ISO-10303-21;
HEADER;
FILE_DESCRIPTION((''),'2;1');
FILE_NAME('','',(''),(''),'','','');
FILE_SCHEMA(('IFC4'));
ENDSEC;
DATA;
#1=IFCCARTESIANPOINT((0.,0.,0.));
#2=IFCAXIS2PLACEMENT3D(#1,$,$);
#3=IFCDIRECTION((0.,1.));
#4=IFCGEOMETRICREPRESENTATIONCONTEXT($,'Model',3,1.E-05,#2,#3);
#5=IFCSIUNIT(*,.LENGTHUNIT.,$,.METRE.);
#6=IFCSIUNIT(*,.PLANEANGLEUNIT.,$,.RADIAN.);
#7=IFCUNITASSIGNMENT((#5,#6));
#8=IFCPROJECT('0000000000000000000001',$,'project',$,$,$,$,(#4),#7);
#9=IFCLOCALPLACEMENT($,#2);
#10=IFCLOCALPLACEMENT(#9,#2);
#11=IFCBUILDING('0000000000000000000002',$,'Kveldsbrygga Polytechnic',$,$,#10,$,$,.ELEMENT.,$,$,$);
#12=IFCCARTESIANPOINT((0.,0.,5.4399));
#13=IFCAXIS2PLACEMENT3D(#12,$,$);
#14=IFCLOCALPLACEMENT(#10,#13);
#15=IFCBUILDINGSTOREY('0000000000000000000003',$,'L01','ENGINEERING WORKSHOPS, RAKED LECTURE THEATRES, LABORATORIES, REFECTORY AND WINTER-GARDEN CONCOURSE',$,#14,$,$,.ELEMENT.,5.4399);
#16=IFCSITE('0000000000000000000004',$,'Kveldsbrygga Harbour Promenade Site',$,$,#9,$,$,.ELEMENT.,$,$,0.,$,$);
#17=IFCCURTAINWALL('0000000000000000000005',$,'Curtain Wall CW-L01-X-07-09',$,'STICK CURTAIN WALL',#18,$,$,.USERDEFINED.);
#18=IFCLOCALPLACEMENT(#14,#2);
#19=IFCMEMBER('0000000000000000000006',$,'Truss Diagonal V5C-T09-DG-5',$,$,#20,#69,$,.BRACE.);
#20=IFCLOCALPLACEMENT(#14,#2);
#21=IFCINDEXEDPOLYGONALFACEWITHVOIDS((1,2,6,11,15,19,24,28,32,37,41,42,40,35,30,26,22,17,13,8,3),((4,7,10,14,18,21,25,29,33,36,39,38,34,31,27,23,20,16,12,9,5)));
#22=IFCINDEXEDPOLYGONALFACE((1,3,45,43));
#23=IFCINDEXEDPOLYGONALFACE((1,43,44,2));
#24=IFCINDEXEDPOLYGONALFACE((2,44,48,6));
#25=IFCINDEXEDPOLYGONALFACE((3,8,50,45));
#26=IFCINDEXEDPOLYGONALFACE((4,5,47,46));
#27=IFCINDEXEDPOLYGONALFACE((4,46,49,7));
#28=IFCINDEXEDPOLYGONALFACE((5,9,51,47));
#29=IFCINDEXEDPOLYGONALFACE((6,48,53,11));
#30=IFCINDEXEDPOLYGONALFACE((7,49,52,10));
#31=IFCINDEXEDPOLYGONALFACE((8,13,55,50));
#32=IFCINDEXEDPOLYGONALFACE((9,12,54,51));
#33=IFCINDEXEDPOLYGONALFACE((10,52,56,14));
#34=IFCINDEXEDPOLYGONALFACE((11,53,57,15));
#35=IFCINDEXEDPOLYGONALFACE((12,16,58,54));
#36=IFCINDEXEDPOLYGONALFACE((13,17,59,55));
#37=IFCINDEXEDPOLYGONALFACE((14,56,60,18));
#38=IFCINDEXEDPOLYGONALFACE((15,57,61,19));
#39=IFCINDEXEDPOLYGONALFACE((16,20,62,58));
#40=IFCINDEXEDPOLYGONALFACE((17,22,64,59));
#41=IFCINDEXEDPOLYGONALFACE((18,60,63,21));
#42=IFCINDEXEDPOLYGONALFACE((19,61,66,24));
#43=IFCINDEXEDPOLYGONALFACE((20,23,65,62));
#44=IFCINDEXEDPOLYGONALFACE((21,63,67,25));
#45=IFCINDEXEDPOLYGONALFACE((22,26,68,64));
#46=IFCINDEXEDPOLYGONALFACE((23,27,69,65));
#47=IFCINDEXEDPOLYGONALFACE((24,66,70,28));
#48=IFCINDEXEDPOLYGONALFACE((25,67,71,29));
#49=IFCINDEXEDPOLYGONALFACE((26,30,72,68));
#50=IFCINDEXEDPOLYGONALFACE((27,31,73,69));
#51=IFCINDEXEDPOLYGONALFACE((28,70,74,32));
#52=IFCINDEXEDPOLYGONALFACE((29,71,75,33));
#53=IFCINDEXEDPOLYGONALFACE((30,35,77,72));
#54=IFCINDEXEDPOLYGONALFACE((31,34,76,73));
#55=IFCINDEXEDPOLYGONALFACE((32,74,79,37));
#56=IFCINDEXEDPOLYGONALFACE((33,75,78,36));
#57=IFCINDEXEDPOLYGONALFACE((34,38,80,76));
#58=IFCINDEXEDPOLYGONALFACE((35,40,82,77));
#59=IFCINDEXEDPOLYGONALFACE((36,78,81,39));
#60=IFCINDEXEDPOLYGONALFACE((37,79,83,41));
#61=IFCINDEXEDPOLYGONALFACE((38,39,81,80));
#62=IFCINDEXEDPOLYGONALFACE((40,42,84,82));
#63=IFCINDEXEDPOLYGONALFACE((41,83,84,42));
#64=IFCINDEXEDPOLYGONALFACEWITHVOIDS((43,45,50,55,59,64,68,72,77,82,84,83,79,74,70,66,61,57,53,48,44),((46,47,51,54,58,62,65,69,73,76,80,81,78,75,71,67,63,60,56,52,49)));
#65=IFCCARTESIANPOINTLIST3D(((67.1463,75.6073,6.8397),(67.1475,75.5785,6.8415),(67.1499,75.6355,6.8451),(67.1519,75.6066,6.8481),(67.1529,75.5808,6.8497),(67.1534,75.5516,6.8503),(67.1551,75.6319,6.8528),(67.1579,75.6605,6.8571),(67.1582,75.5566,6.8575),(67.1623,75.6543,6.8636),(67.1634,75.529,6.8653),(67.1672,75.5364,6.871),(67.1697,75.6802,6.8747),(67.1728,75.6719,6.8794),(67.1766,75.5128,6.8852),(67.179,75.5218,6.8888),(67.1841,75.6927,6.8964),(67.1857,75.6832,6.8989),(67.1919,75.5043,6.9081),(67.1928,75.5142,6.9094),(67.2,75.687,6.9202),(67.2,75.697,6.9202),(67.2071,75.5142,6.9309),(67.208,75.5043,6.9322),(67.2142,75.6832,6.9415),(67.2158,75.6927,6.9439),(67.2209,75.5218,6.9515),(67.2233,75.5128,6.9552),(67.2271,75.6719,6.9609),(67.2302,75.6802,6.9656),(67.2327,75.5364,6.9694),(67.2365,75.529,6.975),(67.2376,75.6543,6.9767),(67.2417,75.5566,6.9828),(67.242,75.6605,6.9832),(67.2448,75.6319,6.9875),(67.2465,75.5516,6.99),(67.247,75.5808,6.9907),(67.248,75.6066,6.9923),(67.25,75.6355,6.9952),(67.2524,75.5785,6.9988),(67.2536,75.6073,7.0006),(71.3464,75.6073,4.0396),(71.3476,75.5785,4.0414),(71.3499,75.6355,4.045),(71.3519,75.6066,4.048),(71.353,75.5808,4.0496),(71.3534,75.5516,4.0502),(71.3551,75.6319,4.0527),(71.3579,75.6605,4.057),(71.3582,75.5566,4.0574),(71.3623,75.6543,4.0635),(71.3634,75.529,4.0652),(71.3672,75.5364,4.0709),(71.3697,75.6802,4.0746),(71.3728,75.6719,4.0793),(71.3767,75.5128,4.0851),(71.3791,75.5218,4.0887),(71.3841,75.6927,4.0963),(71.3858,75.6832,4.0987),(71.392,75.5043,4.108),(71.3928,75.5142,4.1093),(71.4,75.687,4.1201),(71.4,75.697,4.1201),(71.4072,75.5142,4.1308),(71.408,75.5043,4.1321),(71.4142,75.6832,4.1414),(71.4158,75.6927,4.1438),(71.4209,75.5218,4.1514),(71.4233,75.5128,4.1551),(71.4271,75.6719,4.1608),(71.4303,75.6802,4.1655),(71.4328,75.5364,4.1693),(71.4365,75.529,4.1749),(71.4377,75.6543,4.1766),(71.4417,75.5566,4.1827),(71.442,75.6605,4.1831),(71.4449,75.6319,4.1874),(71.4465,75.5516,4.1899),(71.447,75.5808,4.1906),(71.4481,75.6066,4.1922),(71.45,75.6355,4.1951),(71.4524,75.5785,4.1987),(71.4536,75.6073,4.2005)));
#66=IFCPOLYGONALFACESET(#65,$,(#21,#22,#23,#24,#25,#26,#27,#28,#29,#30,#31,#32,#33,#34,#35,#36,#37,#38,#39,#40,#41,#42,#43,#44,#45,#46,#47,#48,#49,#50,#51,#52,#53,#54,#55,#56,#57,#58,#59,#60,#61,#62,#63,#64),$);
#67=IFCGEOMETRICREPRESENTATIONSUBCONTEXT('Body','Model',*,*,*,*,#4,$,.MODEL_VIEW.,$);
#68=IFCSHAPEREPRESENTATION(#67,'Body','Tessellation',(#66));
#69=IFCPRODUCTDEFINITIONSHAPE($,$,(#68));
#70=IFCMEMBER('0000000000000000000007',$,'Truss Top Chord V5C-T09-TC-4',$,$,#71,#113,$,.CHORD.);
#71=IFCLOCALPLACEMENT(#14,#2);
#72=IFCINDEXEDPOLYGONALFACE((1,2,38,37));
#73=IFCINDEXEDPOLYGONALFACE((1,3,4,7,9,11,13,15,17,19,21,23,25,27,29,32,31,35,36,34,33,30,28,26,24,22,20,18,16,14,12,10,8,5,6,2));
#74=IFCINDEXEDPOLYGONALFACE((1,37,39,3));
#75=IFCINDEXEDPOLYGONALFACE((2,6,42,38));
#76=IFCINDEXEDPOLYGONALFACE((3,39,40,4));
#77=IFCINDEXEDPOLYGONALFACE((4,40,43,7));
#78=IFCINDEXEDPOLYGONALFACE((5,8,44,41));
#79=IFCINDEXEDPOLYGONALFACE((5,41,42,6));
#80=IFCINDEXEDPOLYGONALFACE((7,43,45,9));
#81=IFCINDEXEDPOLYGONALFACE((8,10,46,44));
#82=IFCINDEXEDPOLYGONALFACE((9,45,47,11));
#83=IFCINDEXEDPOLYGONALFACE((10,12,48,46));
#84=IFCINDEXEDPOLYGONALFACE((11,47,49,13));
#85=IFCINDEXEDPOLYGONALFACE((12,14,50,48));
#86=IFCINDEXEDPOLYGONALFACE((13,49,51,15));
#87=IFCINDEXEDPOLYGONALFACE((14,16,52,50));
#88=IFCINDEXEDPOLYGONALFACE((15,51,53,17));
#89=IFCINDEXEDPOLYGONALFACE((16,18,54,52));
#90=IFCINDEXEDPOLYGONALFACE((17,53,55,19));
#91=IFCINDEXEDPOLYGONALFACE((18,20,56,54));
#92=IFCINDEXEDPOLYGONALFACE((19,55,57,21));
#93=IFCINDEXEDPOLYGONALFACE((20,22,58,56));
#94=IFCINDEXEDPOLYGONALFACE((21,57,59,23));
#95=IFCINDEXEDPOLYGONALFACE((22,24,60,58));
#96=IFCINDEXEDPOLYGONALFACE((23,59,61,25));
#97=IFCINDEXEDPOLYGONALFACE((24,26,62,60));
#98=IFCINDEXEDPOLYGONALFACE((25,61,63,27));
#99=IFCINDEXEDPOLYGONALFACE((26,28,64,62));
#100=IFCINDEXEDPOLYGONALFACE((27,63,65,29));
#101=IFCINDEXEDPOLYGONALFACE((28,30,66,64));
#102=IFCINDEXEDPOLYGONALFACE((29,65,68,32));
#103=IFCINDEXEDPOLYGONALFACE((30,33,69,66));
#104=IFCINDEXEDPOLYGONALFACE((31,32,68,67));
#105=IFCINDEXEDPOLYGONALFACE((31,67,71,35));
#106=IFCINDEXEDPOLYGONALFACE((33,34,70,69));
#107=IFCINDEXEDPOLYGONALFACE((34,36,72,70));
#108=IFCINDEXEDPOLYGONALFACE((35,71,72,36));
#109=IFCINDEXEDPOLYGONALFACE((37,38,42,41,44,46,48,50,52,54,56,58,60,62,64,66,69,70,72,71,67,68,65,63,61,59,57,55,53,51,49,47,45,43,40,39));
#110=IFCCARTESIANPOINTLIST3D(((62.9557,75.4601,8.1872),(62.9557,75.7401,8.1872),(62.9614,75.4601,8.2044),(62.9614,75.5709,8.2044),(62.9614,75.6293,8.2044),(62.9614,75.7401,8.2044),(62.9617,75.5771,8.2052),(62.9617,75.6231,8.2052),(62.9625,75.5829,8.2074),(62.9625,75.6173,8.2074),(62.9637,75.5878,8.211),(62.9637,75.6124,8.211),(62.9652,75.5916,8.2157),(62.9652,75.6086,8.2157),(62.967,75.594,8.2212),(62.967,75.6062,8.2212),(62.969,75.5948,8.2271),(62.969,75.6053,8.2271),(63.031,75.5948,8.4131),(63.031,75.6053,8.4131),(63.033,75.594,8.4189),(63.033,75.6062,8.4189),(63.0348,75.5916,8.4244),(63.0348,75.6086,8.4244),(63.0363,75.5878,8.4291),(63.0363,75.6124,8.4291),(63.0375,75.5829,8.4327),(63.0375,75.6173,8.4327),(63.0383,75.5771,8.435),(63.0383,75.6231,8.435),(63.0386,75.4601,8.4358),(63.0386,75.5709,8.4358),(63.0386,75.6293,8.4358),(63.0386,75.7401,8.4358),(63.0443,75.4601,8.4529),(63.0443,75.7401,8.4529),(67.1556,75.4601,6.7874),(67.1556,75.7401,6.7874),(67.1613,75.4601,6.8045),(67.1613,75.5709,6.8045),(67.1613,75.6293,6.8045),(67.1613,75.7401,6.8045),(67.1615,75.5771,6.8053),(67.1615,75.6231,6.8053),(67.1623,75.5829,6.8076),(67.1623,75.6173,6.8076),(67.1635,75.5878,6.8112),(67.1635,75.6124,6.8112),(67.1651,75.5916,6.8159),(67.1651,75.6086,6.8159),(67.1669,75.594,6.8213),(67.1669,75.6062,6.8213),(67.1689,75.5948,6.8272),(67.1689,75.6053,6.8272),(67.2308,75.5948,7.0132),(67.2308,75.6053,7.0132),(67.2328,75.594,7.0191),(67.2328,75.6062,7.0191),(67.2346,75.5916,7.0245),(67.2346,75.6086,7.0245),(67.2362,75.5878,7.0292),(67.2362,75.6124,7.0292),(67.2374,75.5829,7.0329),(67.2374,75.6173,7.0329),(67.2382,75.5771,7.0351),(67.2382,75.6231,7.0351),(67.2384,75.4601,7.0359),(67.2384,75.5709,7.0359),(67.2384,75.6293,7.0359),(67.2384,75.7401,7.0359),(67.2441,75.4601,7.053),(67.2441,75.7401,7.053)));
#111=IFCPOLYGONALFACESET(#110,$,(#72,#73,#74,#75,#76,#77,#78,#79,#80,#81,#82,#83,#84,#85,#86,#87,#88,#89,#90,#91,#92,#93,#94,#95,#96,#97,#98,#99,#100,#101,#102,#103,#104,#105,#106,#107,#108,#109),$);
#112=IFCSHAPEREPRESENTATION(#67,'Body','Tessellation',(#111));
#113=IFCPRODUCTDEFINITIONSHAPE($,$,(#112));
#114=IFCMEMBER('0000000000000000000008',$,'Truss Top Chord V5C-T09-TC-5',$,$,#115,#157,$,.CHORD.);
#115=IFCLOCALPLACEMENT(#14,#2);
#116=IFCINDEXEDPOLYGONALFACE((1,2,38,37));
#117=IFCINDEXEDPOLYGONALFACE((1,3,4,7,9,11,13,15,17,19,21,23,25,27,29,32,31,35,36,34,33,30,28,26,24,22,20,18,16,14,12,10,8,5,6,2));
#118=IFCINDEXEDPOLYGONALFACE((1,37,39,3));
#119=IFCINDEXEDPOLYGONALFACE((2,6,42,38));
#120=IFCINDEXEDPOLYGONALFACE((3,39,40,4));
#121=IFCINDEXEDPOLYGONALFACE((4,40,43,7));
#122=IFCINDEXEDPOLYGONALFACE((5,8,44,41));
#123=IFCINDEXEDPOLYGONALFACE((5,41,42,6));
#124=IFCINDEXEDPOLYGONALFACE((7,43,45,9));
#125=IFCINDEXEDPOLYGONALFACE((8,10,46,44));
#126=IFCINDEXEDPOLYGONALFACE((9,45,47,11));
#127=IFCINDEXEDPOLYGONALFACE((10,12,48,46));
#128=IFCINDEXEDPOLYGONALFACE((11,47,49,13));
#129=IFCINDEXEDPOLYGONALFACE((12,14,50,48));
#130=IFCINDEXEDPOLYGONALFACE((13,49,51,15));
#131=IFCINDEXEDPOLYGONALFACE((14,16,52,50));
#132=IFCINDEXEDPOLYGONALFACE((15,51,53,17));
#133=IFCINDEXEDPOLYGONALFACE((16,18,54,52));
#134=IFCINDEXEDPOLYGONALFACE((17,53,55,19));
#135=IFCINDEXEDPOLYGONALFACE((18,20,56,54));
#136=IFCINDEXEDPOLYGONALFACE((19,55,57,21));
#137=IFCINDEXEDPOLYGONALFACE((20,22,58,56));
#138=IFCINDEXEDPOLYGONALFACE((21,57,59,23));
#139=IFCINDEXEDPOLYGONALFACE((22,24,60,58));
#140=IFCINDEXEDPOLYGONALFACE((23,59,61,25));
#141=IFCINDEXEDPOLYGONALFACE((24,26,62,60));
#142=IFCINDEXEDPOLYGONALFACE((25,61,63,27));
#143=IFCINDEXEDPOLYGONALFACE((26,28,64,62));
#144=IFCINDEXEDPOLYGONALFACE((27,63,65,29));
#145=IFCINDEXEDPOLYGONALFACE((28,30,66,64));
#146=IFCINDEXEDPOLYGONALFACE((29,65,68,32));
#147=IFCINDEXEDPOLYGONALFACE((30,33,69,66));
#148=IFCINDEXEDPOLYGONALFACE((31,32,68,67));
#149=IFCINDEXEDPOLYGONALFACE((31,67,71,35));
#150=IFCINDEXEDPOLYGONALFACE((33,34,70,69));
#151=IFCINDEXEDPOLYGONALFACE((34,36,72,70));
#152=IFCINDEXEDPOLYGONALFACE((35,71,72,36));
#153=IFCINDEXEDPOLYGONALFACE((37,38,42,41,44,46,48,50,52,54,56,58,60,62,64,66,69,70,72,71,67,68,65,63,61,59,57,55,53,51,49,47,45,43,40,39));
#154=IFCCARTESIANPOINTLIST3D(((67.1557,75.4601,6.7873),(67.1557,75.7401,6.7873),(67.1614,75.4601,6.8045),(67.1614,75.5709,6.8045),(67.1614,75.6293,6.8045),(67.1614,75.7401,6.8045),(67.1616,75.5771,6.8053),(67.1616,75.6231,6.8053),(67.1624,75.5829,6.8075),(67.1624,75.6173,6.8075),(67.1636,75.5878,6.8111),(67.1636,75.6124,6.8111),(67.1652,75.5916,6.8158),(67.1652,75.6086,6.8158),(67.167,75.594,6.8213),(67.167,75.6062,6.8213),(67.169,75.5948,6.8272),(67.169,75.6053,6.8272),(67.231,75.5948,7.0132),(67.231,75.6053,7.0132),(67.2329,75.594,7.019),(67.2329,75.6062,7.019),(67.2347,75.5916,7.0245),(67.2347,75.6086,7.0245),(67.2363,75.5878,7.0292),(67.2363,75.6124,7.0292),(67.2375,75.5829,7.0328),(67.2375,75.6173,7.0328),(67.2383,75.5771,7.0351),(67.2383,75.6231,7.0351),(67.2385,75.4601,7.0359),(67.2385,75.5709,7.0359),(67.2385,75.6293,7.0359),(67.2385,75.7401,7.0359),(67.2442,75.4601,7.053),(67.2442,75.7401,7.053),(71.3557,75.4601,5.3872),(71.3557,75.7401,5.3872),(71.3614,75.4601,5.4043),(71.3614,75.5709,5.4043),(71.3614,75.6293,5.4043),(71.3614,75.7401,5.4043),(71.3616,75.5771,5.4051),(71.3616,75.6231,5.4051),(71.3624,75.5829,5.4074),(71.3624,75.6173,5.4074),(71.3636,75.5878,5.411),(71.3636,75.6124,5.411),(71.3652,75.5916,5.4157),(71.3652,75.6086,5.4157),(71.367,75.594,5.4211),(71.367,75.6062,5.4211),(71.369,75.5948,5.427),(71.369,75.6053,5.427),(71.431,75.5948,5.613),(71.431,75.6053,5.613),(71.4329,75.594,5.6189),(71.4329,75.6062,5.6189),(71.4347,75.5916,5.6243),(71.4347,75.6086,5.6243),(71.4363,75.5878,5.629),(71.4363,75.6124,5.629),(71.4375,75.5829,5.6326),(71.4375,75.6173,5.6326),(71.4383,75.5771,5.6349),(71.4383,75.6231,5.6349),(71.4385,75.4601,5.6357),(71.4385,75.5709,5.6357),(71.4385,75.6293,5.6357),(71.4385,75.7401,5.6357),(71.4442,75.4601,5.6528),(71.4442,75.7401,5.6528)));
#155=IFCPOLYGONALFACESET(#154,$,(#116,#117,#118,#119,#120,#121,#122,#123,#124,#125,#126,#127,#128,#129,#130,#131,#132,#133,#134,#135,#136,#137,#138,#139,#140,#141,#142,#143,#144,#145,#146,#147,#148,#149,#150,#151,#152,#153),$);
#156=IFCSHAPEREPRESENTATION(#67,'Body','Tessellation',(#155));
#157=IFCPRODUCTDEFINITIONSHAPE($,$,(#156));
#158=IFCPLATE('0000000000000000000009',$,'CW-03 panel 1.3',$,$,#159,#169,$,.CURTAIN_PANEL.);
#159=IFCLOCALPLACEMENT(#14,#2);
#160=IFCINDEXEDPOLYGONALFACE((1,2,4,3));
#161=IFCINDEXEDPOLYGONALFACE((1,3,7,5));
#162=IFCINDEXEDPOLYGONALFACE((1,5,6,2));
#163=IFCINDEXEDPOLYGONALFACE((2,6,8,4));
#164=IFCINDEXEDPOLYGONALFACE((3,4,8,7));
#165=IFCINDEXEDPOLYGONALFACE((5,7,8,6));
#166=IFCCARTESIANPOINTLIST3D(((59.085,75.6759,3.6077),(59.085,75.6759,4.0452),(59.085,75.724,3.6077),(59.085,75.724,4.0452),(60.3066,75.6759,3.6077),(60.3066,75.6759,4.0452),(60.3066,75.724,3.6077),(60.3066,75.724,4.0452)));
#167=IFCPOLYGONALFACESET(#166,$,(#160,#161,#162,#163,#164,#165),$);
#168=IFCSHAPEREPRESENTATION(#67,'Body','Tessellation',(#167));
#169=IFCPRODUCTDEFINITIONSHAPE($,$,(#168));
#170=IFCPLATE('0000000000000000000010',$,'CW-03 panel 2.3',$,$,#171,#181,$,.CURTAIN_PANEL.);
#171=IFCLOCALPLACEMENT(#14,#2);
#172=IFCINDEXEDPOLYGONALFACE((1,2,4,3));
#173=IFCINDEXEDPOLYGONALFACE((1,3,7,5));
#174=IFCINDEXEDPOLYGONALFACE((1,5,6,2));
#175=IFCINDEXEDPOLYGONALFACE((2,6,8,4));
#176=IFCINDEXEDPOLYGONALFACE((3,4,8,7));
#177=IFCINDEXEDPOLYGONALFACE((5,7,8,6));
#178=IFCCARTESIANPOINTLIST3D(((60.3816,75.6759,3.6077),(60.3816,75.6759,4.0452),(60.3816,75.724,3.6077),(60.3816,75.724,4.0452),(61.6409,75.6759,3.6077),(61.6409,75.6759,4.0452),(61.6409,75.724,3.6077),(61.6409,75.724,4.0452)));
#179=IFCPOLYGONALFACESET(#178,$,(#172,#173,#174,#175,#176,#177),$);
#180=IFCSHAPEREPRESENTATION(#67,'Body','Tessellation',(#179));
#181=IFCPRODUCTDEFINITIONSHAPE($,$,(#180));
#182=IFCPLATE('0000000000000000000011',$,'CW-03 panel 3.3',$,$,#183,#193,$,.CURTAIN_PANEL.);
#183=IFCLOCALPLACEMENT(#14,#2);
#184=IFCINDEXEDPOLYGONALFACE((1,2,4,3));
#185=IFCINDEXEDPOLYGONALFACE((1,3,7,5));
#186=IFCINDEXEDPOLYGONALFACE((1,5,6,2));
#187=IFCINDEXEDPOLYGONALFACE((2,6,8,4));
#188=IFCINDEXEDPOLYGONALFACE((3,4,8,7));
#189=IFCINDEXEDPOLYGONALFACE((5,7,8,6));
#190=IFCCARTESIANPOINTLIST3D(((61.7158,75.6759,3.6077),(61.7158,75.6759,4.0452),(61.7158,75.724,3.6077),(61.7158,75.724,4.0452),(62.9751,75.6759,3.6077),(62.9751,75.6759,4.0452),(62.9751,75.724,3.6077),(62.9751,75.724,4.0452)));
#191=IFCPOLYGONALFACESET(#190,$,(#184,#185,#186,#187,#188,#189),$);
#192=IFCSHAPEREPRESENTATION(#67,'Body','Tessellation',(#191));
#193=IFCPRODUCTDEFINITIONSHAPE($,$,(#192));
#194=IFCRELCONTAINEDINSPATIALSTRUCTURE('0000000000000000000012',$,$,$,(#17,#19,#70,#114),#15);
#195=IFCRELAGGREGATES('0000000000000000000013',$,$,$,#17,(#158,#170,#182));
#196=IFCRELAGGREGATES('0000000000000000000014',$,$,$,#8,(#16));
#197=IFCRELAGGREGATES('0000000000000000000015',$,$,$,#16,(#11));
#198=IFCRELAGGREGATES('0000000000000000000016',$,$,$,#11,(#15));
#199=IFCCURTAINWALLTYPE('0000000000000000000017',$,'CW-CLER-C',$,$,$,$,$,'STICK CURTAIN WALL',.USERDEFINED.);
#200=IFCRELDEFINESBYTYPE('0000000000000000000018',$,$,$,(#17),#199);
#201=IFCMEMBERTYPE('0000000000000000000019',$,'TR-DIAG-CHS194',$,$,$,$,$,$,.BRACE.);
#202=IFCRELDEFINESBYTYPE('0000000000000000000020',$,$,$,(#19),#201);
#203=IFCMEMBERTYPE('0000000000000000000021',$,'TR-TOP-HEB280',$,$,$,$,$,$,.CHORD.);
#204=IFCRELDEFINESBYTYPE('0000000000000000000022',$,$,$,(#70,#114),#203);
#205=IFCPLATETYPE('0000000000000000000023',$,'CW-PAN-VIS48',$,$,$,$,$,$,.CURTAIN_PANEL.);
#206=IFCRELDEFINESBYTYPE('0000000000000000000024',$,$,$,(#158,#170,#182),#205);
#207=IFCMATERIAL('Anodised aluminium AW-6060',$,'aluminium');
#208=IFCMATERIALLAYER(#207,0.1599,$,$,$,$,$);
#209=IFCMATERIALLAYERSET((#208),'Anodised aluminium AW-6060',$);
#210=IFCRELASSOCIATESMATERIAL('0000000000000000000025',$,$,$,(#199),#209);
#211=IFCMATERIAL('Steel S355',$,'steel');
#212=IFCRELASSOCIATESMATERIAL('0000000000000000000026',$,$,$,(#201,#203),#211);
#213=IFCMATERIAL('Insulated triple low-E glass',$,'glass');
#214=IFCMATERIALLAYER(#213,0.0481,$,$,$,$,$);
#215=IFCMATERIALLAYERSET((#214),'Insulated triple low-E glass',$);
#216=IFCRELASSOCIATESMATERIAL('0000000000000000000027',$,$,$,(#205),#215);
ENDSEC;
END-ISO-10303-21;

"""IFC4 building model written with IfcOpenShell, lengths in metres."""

from ifc_helpers import new_model, si_unit, direction, frame, origin, origin_2d, place, context, subcontext, project, spatial, rectangle, hollow_circle, i_section, extrude, material, layer, layer_set, material_profile, profile_set, type_object, element, aggregate, save


model = new_model("IFC4")

# Units and contexts
model_context = context("Model", 3, precision=1e-05, world=origin(), true_north=direction((0.0, 1.0)))
body_context = subcontext(model_context, "Body", "Model", "MODEL_VIEW")
ifc_project = project(units=[si_unit("LENGTHUNIT", "METRE"), si_unit("PLANEANGLEUNIT", "RADIAN")], contexts=[model_context])

# Site, building, storey
site_placement = place(None, origin())
site = spatial("IfcSite", under=ifc_project, at=site_placement, Name="Kveldsbrygga Harbour Promenade Site", CompositionType="ELEMENT", RefElevation=0.0)
building_placement = place(site_placement, origin())
building = spatial("IfcBuilding", under=site, at=building_placement, Name="Kveldsbrygga Polytechnic", CompositionType="ELEMENT")
storey_placement = place(building_placement, frame((0.0, 0.0, 5.4399)))
storey = spatial("IfcBuildingStorey", under=building, at=storey_placement, Name="L01", Description="ENGINEERING WORKSHOPS, RAKED LECTURE THEATRES, LABORATORIES, REFECTORY AND WINTER-GARDEN CONCOURSE", CompositionType="ELEMENT", Elevation=5.4399)

# Curtain wall
ifc_material_1 = material(Name="Anodised aluminium AW-6060", Category="aluminium")
ifc_layer_1 = layer(ifc_material_1, 0.1599)
ifc_layer_set_1 = layer_set([ifc_layer_1], Name="Anodised aluminium AW-6060")
curtain_wall_type = type_object("IfcCurtainWallType", Name="CW-CLER-C", ElementType="STICK CURTAIN WALL", PredefinedType="USERDEFINED", material=ifc_layer_set_1)
curtain_wall_placement = place(storey_placement, origin())
curtain_wall = element("IfcCurtainWall", 1, at=curtain_wall_placement, inside=storey, type_object=curtain_wall_type, Name="Curtain Wall CW-L01-X-07-09", ObjectType="STICK CURTAIN WALL", PredefinedType="USERDEFINED")

# Members
ifc_material_2 = material(Name="Steel S355", Category="steel")
ifc_material_profile_1 = material_profile(ifc_material_2, hollow_circle(Radius=0.0969, WallThickness=0.01, at=origin_2d()), Name="CHS 193.7x10.0")
ifc_profile_set_1 = profile_set([ifc_material_profile_1], Name="Steel S355")
member_type_1 = type_object("IfcMemberType", Name="TR-DIAG-CHS194", PredefinedType="BRACE", material=ifc_profile_set_1)
member_1_placement = place(storey_placement, frame((67.2, 75.6001, 6.9202), z_axis=(0.832043, 0.0, -0.554711), x_axis=(0.0, 1.0, 0.0)))
element("IfcMember", 2, at=member_1_placement, inside=storey, type_object=member_type_1, Name="Truss Diagonal V5C-T09-DG-5", PredefinedType="BRACE", context=body_context, shape_type="SweptSolid", body=[
    extrude(hollow_circle(Radius=0.0969, WallThickness=0.01, at=origin_2d()), origin(), (0.0, 0.0, 1.0), 5.0479),
])
ifc_material_profile_2 = material_profile(ifc_material_2, i_section(OverallWidth=0.28, OverallDepth=0.28, WebThickness=0.0105, FlangeThickness=0.0181, FilletRadius=0.0239, at=origin_2d()), Name="HEB 280")
ifc_profile_set_2 = profile_set([ifc_material_profile_2], Name="Steel S355")
member_type_2 = type_object("IfcMemberType", Name="TR-TOP-HEB280", PredefinedType="CHORD", material=ifc_profile_set_2)
member_2_placement = place(storey_placement, frame((63.0, 75.6001, 8.3201), z_axis=(0.948689, 0.0, -0.316211), x_axis=(0.0, 1.0, 0.0)))
element("IfcMember", 3, at=member_2_placement, inside=storey, type_object=member_type_2, Name="Truss Top Chord V5C-T09-TC-4", PredefinedType="CHORD", context=body_context, shape_type="SweptSolid", body=[
    extrude(i_section(OverallWidth=0.28, OverallDepth=0.28, WebThickness=0.0105, FlangeThickness=0.0181, FilletRadius=0.0239, at=origin_2d()), origin(), (0.0, 0.0, 1.0), 4.427),
])
member_3_placement = place(storey_placement, frame((67.2, 75.6001, 6.9202), z_axis=(0.948672, 0.0, -0.316261), x_axis=(0.0, 1.0, 0.0)))
element("IfcMember", 4, at=member_3_placement, inside=storey, type_object=member_type_2, Name="Truss Top Chord V5C-T09-TC-5", PredefinedType="CHORD", context=body_context, shape_type="SweptSolid", body=[
    extrude(i_section(OverallWidth=0.28, OverallDepth=0.28, WebThickness=0.0105, FlangeThickness=0.0181, FilletRadius=0.0239, at=origin_2d()), origin(), (0.0, 0.0, 1.0), 4.4272),
])

# Plates
ifc_material_3 = material(Name="Insulated triple low-E glass", Category="glass")
ifc_layer_2 = layer(ifc_material_3, 0.0481)
ifc_layer_set_2 = layer_set([ifc_layer_2], Name="Insulated triple low-E glass")
plate_type_1 = type_object("IfcPlateType", Name="CW-PAN-VIS48", PredefinedType="CURTAIN_PANEL", material=ifc_layer_set_2)
plate_1_placement = place(storey_placement, frame((59.6958, 75.7, 3.6077), z_axis=(0.0, 0.0, 1.0), x_axis=(1.0, 0.0, 0.0)))
plate_1 = element("IfcPlate", 5, at=plate_1_placement, type_object=plate_type_1, Name="CW-03 panel 1.3", PredefinedType="CURTAIN_PANEL", context=body_context, shape_type="SweptSolid", body=[
    extrude(rectangle(XDim=1.2217, YDim=0.0481, at=origin_2d()), origin(), (0.0, 0.0, 1.0), 0.4375),
])
plate_2_placement = place(storey_placement, frame((61.0112, 75.7, 3.6077), z_axis=(0.0, 0.0, 1.0), x_axis=(1.0, 0.0, 0.0)))
plate_2 = element("IfcPlate", 6, at=plate_2_placement, type_object=plate_type_1, Name="CW-03 panel 2.3", PredefinedType="CURTAIN_PANEL", context=body_context, shape_type="SweptSolid", body=[
    extrude(rectangle(XDim=1.2593, YDim=0.0481, at=origin_2d()), origin(), (0.0, 0.0, 1.0), 0.4375),
])
plate_3_placement = place(storey_placement, frame((62.3455, 75.7, 3.6077), z_axis=(0.0, 0.0, 1.0), x_axis=(1.0, 0.0, 0.0)))
plate_3 = element("IfcPlate", 7, at=plate_3_placement, type_object=plate_type_1, Name="CW-03 panel 3.3", PredefinedType="CURTAIN_PANEL", context=body_context, shape_type="SweptSolid", body=[
    extrude(rectangle(XDim=1.2593, YDim=0.0481, at=origin_2d()), origin(), (0.0, 0.0, 1.0), 0.4375),
])
aggregate(curtain_wall, [plate_1, plate_2, plate_3])

save(model, "model.ifc")
